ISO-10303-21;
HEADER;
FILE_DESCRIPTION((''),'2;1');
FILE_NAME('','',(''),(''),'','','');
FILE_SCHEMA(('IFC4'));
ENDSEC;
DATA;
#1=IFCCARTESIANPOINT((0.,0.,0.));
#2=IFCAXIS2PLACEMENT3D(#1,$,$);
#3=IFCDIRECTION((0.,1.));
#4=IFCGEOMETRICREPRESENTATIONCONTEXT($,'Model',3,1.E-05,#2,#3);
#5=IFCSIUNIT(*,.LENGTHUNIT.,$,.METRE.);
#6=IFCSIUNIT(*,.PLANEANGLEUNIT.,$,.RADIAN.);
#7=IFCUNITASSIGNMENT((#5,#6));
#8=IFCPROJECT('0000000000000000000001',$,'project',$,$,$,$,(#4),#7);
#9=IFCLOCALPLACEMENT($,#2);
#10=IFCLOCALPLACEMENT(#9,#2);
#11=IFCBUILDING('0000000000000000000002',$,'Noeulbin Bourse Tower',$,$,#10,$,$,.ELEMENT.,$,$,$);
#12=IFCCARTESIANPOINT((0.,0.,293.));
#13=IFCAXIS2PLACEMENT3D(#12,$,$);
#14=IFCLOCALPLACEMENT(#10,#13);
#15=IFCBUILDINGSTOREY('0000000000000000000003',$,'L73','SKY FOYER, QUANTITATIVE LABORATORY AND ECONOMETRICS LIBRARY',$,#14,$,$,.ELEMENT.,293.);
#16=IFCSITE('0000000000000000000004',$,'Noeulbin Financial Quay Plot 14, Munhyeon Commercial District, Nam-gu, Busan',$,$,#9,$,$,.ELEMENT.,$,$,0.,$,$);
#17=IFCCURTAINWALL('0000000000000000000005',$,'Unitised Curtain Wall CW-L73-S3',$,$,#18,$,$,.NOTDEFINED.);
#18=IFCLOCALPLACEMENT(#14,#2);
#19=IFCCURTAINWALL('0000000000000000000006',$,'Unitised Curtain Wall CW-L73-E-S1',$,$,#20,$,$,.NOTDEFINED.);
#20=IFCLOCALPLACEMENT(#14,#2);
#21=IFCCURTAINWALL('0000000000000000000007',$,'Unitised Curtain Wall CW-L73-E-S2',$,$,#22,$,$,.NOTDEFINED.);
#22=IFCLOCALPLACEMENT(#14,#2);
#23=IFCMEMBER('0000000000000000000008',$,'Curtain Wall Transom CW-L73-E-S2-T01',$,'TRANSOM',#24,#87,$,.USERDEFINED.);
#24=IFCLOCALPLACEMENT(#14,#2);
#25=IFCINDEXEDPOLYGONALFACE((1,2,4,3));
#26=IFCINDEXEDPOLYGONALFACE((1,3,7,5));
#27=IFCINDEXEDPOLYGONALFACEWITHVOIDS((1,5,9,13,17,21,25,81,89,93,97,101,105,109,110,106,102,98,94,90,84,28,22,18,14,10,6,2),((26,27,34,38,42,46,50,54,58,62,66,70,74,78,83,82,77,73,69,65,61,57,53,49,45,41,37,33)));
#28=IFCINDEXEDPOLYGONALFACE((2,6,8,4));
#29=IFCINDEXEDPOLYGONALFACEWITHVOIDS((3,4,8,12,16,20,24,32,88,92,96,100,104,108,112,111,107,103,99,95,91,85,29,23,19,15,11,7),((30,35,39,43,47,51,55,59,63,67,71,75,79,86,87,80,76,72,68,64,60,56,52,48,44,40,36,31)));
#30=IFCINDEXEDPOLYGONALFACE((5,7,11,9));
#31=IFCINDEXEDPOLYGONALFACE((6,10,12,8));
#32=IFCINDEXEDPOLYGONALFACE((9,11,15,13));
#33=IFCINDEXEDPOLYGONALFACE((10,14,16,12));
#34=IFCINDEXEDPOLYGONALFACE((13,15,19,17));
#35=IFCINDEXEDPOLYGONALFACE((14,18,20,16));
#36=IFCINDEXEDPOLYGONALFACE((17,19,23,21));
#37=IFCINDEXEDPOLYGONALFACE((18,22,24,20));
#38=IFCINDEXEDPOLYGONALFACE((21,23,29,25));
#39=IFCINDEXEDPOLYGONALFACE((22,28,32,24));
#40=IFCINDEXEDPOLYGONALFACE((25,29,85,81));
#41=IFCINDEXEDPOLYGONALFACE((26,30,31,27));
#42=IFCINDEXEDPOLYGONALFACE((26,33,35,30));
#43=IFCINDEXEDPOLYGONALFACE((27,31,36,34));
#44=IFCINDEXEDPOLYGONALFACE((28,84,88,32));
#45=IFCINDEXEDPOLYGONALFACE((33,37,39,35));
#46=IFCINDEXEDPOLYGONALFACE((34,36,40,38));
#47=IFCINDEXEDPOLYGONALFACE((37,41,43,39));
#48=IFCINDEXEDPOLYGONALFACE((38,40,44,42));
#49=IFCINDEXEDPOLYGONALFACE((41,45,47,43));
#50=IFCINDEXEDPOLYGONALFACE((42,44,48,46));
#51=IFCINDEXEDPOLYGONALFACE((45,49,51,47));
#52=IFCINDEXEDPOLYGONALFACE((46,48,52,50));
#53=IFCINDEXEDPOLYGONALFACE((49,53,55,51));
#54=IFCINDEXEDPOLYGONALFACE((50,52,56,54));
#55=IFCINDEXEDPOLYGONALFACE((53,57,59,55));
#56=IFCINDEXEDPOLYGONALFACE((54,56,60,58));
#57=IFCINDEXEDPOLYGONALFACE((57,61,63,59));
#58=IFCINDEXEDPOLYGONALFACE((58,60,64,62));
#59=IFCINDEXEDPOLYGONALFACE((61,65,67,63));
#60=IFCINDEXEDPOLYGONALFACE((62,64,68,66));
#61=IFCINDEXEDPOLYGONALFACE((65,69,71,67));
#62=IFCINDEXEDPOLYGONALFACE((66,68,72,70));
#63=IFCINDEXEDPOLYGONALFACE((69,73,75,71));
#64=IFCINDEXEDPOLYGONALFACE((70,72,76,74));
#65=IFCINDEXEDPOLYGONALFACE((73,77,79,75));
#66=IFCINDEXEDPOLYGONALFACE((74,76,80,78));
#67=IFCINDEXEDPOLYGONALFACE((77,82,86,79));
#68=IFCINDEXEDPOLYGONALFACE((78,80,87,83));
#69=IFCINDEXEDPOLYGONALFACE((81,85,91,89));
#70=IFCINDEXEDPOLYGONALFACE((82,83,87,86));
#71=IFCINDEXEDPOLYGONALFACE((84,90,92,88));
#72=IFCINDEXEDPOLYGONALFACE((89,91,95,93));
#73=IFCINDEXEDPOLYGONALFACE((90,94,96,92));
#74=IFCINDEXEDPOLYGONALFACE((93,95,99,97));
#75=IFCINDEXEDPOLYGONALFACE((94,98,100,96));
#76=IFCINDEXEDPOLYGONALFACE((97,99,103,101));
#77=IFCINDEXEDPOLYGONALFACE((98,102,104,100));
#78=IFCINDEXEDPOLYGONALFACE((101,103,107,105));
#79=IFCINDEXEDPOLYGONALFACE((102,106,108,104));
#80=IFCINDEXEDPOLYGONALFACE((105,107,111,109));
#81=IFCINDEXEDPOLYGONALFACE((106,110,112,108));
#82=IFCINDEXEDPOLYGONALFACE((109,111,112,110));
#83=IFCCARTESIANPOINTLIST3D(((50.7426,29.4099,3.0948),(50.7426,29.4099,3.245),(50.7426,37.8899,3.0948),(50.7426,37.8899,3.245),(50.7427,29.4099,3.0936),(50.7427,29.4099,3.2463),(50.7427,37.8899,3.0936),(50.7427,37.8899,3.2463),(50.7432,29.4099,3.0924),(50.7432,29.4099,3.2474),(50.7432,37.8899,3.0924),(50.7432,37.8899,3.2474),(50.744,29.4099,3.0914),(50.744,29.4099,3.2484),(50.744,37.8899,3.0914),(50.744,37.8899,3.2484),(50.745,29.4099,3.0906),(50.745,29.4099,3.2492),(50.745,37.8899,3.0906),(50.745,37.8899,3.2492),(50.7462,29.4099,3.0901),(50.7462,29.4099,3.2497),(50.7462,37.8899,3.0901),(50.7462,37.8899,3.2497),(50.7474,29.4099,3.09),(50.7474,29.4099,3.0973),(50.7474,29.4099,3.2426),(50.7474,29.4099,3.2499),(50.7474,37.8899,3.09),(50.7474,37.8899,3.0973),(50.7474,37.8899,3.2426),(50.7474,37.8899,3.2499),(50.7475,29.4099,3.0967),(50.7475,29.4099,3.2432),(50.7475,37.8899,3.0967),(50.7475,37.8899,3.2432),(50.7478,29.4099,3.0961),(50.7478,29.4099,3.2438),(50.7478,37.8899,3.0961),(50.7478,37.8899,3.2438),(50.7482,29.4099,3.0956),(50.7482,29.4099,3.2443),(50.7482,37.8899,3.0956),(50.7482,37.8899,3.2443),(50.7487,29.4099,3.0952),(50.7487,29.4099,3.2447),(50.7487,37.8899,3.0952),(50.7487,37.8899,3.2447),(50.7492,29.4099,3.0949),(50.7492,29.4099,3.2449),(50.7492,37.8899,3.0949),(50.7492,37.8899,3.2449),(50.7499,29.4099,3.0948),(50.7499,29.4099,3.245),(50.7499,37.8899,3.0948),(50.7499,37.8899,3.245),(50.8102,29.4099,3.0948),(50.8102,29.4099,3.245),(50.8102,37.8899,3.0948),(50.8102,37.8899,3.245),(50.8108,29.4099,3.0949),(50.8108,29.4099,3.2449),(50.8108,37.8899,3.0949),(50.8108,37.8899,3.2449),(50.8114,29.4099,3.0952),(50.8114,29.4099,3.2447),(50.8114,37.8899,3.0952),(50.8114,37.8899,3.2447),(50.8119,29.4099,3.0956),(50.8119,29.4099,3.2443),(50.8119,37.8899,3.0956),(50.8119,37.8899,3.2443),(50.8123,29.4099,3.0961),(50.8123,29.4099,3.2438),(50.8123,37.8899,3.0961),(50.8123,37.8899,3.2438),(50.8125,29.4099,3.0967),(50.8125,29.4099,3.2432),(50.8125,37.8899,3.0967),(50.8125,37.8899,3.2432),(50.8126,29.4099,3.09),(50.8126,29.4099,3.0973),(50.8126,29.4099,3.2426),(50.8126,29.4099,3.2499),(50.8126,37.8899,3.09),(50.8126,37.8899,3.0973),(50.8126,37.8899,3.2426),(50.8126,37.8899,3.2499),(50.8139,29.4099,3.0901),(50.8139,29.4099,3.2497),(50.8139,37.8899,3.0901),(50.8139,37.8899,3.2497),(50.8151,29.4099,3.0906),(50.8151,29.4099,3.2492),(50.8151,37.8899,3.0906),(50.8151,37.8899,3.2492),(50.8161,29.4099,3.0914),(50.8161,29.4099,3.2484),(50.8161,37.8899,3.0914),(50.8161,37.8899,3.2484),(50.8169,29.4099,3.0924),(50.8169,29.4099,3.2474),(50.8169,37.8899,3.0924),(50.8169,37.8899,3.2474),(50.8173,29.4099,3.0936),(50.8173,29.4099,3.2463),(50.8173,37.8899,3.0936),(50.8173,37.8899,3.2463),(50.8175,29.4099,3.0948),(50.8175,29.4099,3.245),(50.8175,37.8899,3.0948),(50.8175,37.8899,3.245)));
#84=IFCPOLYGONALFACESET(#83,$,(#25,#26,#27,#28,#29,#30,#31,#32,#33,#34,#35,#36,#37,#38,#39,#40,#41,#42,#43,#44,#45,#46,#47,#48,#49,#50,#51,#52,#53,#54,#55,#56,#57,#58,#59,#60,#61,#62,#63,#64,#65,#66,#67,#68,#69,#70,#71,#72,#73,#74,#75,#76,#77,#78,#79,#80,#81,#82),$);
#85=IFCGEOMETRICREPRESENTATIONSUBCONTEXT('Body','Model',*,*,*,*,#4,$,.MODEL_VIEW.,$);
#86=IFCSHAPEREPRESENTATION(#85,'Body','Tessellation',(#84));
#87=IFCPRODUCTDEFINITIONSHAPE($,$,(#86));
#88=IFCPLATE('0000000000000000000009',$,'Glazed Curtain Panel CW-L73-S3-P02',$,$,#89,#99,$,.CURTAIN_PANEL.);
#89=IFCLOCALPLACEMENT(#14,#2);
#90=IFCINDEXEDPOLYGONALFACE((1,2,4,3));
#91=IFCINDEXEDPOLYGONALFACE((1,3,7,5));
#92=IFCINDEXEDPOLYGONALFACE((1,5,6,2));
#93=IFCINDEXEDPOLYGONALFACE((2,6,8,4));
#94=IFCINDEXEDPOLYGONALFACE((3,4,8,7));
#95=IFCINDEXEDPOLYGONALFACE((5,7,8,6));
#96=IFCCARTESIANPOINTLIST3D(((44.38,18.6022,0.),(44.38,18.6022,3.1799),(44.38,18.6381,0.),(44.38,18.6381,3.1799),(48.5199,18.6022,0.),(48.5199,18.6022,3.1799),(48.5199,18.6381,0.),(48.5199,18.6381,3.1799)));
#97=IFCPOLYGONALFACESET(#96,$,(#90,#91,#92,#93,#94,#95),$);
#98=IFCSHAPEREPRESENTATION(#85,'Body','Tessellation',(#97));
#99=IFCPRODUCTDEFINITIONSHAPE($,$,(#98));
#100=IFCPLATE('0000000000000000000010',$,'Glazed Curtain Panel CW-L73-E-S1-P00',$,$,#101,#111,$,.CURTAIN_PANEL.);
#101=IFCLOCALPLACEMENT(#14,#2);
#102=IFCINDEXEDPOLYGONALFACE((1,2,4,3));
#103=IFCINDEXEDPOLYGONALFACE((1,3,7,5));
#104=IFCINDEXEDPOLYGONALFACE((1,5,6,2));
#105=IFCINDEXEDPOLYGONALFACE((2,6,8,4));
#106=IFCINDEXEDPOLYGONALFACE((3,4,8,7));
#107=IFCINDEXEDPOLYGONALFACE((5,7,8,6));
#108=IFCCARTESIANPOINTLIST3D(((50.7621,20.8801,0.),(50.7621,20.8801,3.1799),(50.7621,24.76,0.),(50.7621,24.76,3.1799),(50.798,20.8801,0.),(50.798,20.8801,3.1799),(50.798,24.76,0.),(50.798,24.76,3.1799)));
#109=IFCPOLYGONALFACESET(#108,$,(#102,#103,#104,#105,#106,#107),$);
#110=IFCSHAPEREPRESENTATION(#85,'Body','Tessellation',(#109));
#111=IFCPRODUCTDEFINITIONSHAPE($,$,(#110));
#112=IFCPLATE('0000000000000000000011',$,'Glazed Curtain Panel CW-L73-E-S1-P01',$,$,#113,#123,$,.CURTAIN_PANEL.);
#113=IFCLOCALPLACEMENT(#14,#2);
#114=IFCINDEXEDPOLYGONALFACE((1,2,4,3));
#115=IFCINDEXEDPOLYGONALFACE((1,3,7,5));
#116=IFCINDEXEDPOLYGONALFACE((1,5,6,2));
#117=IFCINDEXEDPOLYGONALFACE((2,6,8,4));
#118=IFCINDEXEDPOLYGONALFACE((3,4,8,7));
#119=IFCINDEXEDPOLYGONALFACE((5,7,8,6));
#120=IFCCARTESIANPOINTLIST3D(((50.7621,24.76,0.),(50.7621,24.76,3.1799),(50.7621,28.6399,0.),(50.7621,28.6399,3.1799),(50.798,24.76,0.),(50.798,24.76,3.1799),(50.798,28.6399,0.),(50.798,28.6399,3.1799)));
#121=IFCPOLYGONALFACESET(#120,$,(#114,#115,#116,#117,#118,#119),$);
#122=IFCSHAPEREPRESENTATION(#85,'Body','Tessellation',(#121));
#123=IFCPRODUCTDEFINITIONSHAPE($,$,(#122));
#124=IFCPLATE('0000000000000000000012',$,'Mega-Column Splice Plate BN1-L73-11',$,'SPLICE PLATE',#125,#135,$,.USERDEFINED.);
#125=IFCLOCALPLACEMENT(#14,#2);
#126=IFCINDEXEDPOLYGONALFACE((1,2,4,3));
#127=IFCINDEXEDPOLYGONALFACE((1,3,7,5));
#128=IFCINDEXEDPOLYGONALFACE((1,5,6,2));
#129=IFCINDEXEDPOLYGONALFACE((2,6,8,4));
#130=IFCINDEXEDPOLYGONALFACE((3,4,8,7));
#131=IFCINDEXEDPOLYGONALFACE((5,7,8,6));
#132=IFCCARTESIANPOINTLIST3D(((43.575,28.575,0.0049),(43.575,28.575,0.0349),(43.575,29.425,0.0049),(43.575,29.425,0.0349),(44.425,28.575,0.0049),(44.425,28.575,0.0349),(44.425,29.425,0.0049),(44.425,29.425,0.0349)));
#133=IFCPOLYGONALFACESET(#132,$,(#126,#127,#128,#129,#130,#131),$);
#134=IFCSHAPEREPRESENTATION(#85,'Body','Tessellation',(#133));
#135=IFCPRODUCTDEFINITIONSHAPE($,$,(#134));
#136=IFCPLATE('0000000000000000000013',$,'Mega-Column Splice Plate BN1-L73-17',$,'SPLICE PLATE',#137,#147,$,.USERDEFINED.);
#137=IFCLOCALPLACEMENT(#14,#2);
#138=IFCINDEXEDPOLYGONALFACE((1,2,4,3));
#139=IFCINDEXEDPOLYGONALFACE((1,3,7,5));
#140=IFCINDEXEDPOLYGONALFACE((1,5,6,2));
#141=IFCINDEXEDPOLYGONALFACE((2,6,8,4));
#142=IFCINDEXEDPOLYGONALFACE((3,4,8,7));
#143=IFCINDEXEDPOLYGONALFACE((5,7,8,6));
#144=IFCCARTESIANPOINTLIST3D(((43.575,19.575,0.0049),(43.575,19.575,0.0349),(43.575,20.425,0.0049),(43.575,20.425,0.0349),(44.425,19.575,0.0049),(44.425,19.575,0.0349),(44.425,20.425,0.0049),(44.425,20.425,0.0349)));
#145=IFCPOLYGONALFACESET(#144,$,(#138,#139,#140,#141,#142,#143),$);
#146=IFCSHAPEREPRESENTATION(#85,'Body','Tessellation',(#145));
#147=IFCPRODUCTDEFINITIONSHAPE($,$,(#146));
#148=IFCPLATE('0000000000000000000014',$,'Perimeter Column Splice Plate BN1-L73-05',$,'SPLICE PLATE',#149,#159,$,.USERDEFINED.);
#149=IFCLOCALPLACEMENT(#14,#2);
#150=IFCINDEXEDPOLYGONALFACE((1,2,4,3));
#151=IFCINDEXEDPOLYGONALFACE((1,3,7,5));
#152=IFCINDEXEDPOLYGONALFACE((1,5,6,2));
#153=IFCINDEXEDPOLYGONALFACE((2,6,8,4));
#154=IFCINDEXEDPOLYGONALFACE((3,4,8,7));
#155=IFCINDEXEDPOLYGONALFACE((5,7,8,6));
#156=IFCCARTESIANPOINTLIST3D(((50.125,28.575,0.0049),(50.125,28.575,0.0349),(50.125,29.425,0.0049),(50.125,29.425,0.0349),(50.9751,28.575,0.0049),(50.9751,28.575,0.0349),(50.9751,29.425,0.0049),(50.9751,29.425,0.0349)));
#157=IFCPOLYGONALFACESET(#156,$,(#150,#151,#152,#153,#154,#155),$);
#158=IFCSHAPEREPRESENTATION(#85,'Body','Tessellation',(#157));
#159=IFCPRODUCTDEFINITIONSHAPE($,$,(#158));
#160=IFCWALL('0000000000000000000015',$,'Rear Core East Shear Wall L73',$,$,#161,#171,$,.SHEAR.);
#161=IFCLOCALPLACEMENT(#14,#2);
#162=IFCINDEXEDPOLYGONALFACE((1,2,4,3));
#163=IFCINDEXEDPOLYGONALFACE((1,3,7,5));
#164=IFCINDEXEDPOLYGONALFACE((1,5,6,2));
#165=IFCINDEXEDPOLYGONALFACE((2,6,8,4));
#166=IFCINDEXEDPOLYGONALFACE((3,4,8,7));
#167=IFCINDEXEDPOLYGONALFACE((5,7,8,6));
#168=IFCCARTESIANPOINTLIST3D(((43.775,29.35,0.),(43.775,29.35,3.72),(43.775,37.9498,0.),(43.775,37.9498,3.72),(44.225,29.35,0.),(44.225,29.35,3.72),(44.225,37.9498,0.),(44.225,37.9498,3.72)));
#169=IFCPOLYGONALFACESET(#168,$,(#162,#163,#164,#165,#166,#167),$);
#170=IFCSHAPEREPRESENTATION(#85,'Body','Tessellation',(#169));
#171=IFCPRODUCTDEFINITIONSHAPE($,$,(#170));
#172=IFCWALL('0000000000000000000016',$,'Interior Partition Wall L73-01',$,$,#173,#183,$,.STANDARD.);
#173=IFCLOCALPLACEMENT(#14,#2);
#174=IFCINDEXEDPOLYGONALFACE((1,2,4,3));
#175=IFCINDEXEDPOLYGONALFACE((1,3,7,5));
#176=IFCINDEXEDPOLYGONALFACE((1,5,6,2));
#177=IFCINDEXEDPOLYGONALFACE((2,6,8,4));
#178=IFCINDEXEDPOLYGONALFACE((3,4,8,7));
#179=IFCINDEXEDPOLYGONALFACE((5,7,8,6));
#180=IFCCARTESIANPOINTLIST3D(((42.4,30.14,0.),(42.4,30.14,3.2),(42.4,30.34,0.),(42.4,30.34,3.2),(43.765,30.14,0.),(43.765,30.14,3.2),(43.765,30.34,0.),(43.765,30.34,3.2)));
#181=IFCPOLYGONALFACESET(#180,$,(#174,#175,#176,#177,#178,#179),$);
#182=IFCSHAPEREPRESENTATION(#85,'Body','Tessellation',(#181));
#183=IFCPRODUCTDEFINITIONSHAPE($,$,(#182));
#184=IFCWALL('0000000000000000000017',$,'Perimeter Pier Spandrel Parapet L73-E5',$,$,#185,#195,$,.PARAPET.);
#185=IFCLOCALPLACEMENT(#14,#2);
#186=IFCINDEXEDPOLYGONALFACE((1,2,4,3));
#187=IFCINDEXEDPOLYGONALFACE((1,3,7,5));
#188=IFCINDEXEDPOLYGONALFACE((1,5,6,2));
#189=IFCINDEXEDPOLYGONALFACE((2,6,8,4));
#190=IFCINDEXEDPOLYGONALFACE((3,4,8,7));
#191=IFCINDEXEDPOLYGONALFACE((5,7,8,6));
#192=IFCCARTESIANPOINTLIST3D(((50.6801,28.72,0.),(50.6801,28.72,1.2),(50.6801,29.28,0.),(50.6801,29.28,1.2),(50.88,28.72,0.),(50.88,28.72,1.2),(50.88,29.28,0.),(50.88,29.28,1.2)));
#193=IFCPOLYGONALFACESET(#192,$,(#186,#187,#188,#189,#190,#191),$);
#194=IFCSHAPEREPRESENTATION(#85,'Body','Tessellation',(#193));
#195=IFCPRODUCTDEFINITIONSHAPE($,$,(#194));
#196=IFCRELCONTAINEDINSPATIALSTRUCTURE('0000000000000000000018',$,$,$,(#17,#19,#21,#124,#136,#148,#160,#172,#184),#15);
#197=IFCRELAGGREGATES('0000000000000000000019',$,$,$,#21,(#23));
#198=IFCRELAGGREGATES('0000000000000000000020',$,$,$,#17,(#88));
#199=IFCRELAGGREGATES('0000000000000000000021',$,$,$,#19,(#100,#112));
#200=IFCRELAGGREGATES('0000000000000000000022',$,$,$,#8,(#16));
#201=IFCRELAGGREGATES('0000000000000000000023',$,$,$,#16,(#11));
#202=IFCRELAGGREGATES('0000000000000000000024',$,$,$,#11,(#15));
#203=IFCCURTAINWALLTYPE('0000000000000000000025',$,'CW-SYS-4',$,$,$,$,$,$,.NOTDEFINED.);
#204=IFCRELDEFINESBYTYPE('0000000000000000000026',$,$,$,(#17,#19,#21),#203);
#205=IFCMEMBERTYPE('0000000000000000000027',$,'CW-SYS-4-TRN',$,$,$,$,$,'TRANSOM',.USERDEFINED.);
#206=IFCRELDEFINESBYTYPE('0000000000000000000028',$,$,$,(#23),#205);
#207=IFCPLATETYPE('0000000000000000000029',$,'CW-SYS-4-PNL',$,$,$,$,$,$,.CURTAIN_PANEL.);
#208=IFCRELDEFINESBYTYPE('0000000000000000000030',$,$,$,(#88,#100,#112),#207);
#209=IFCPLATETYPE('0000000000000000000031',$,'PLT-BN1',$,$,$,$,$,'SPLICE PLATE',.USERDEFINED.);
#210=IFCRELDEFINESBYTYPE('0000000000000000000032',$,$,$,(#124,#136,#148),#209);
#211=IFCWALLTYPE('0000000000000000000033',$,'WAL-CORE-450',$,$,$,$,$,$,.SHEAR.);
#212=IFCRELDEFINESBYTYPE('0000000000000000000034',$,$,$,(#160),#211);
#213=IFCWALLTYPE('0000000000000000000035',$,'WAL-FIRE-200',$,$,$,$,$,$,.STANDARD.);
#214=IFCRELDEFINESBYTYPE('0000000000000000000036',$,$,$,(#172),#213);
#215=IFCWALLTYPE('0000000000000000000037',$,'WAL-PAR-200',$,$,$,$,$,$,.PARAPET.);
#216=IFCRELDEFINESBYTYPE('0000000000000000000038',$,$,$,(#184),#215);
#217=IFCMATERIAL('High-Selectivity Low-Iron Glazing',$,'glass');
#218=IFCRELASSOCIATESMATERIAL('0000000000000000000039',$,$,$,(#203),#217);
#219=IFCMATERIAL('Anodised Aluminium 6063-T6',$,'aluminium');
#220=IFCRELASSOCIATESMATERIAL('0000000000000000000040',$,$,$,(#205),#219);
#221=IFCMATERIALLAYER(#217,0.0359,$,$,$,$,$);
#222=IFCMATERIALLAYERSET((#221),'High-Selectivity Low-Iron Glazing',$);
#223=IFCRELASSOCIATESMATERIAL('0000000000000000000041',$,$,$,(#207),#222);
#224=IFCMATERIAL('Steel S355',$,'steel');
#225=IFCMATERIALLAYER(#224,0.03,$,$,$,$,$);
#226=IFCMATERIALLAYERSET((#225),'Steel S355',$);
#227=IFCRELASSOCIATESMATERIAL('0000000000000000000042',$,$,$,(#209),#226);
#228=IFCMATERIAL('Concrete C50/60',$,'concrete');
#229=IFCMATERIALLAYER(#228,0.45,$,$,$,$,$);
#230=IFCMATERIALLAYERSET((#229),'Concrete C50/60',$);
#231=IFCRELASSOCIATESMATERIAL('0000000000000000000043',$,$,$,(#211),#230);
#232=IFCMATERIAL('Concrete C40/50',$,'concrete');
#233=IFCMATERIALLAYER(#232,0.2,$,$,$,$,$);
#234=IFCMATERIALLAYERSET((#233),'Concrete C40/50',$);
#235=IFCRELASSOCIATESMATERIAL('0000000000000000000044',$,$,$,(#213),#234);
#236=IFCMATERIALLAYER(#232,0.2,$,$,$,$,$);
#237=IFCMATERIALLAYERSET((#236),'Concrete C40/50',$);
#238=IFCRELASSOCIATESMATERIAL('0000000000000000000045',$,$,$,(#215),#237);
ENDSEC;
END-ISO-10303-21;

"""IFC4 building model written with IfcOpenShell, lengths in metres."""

from ifc_helpers import new_model, si_unit, direction, frame, frame_2d, origin, origin_2d, place, context, subcontext, project, spatial, rectangle, hollow_rectangle, extrude, material, layer, layer_set, material_profile, profile_set, type_object, element, aggregate, save


model = new_model("IFC4")

# Units and contexts
model_context = context("Model", 3, precision=1e-05, world=origin(), true_north=direction((0.0, 1.0)))
body_context = subcontext(model_context, "Body", "Model", "MODEL_VIEW")
ifc_project = project(units=[si_unit("LENGTHUNIT", "METRE"), si_unit("PLANEANGLEUNIT", "RADIAN")], contexts=[model_context])

# Site, building, storey
site_placement = place(None, origin())
site = spatial("IfcSite", under=ifc_project, at=site_placement, Name="Noeulbin Financial Quay Plot 14, Munhyeon Commercial District, Nam-gu, Busan", CompositionType="ELEMENT", RefElevation=0.0)
building_placement = place(site_placement, origin())
building = spatial("IfcBuilding", under=site, at=building_placement, Name="Noeulbin Bourse Tower", CompositionType="ELEMENT")
storey_placement = place(building_placement, frame((0.0, 0.0, 293.0)))
storey = spatial("IfcBuildingStorey", under=building, at=storey_placement, Name="L73", Description="SKY FOYER, QUANTITATIVE LABORATORY AND ECONOMETRICS LIBRARY", CompositionType="ELEMENT", Elevation=293.0)

# Shared definitions
ifc_material_1 = material(Name="Steel S355", Category="steel")

# Curtain walls
ifc_material_2 = material(Name="High-Selectivity Low-Iron Glazing", Category="glass")
curtain_wall_type = type_object("IfcCurtainWallType", Name="CW-SYS-4", PredefinedType="NOTDEFINED", material=ifc_material_2)
curtain_wall_1_placement = place(storey_placement, origin())
curtain_wall_1 = element("IfcCurtainWall", 1, at=curtain_wall_1_placement, inside=storey, type_object=curtain_wall_type, Name="Unitised Curtain Wall CW-L73-S3", PredefinedType="NOTDEFINED")
ifc_material_3 = material(Name="Anodised Aluminium 6063-T6", Category="aluminium")
curtain_wall_2_placement = place(storey_placement, origin())
curtain_wall_2 = element("IfcCurtainWall", 2, at=curtain_wall_2_placement, inside=storey, type_object=curtain_wall_type, Name="Unitised Curtain Wall CW-L73-E-S1", PredefinedType="NOTDEFINED")

# Curtain wall
curtain_wall_3_placement = place(storey_placement, origin())
curtain_wall_3 = element("IfcCurtainWall", 3, at=curtain_wall_3_placement, inside=storey, type_object=curtain_wall_type, Name="Unitised Curtain Wall CW-L73-E-S2", PredefinedType="NOTDEFINED")

# Member
ifc_material_profile_1 = material_profile(ifc_material_3, hollow_rectangle(XDim=0.075, YDim=0.1599, WallThickness=0.0049, InnerFilletRadius=0.0024, OuterFilletRadius=0.0049, at=origin_2d()), Name="ALU-TRAN-75x160x5", Category="LoadBearing")
ifc_profile_set_1 = profile_set([ifc_material_profile_1], Name="Anodised Aluminium 6063-T6")
member_type_1 = type_object("IfcMemberType", Name="CW-SYS-4-TRN", ElementType="TRANSOM", PredefinedType="USERDEFINED", material=ifc_profile_set_1)
member_1_placement = place(storey_placement, frame((50.78, 29.4099, 3.1699), z_axis=(0.0, 1.0, 0.0), x_axis=(-1.0, 0.0, 0.0)))
member_1 = element("IfcMember", 4, at=member_1_placement, type_object=member_type_1, Name="Curtain Wall Transom CW-L73-E-S2-T01", ObjectType="TRANSOM", PredefinedType="USERDEFINED", context=body_context, shape_type="SweptSolid", body=[
    extrude(hollow_rectangle(XDim=0.075, YDim=0.1599, WallThickness=0.0049, InnerFilletRadius=0.0024, OuterFilletRadius=0.0049, at=origin_2d()), origin(), (0.0, 0.0, 1.0), 8.48),
])
aggregate(curtain_wall_3, [member_1])

# Plates
ifc_layer_1 = layer(ifc_material_2, 0.0359)
ifc_layer_set_1 = layer_set([ifc_layer_1], Name="High-Selectivity Low-Iron Glazing")
plate_type_1 = type_object("IfcPlateType", Name="CW-SYS-4-PNL", PredefinedType="CURTAIN_PANEL", material=ifc_layer_set_1)
plate_1_placement = place(storey_placement, frame((46.45, 18.6201, 0.0), z_axis=(0.0, 0.0, 1.0), x_axis=(1.0, 0.0, 0.0)))
plate_1 = element("IfcPlate", 5, at=plate_1_placement, type_object=plate_type_1, Name="Glazed Curtain Panel CW-L73-S3-P02", PredefinedType="CURTAIN_PANEL", context=body_context, shape_type="SweptSolid", body=[
    extrude(rectangle(XDim=4.1399, YDim=0.0359, at=origin_2d()), origin(), (0.0, 0.0, 1.0), 3.1799),
])
aggregate(curtain_wall_1, [plate_1])
plate_2_placement = place(storey_placement, frame((50.78, 22.8201, 0.0), z_axis=(0.0, 0.0, 1.0), x_axis=(0.0, 1.0, 0.0)))
plate_2 = element("IfcPlate", 6, at=plate_2_placement, type_object=plate_type_1, Name="Glazed Curtain Panel CW-L73-E-S1-P00", PredefinedType="CURTAIN_PANEL", context=body_context, shape_type="SweptSolid", body=[
    extrude(rectangle(XDim=3.8799, YDim=0.0359, at=origin_2d()), origin(), (0.0, 0.0, 1.0), 3.1799),
])
plate_3_placement = place(storey_placement, frame((50.78, 26.7, 0.0), z_axis=(0.0, 0.0, 1.0), x_axis=(0.0, 1.0, 0.0)))
plate_3 = element("IfcPlate", 7, at=plate_3_placement, type_object=plate_type_1, Name="Glazed Curtain Panel CW-L73-E-S1-P01", PredefinedType="CURTAIN_PANEL", context=body_context, shape_type="SweptSolid", body=[
    extrude(rectangle(XDim=3.8799, YDim=0.0359, at=origin_2d()), origin(), (0.0, 0.0, 1.0), 3.1799),
])
aggregate(curtain_wall_2, [plate_2, plate_3])

# Plates
ifc_layer_2 = layer(ifc_material_1, 0.03)
ifc_layer_set_2 = layer_set([ifc_layer_2], Name="Steel S355")
plate_type_2 = type_object("IfcPlateType", Name="PLT-BN1", ElementType="SPLICE PLATE", PredefinedType="USERDEFINED", material=ifc_layer_set_2)
for number, where, z_axis, x_axis, name in (
    (8, (44.0, 29.0, 0.0049), (0.0, 0.0, 1.0), (1.0, 0.0, 0.0), "Mega-Column Splice Plate BN1-L73-11"),
    (9, (44.0, 20.0, 0.0049), (0.0, 0.0, 1.0), (1.0, 0.0, 0.0), "Mega-Column Splice Plate BN1-L73-17"),
    (10, (50.55, 29.0, 0.0049), (0.0, 0.0, 1.0), (1.0, 0.0, 0.0), "Perimeter Column Splice Plate BN1-L73-05"),
):
    element("IfcPlate", number, at=place(storey_placement, frame(where, z_axis=z_axis, x_axis=x_axis)), inside=storey, type_object=plate_type_2, Name=name, ObjectType="SPLICE PLATE", PredefinedType="USERDEFINED", context=body_context, shape_type="SweptSolid", body=[
        extrude(rectangle(XDim=0.8501, YDim=0.8501, at=origin_2d()), origin(), (0.0, 0.0, 1.0), 0.03),
    ])

# Walls
ifc_material_4 = material(Name="Concrete C50/60", Category="concrete")
ifc_layer_3 = layer(ifc_material_4, 0.45)
ifc_layer_set_3 = layer_set([ifc_layer_3], Name="Concrete C50/60")
wall_type_1 = type_object("IfcWallType", Name="WAL-CORE-450", PredefinedType="SHEAR", material=ifc_layer_set_3)
wall_1_placement = place(storey_placement, frame((44.0, 29.3501, 0.0), z_axis=(0.0, 0.0, 1.0), x_axis=(0.0, 1.0, 0.0)))
element("IfcWall", 11, at=wall_1_placement, inside=storey, type_object=wall_type_1, Name="Rear Core East Shear Wall L73", PredefinedType="SHEAR", context=body_context, shape_type="SweptSolid", body=[
    extrude(rectangle(XDim=8.5999, YDim=0.45, at=frame_2d((4.2998, 0.0))), origin(), (0.0, 0.0, 1.0), 3.72),
])
ifc_material_5 = material(Name="Concrete C40/50", Category="concrete")
ifc_layer_4 = layer(ifc_material_5, 0.2)
ifc_layer_set_4 = layer_set([ifc_layer_4], Name="Concrete C40/50")
wall_type_2 = type_object("IfcWallType", Name="WAL-FIRE-200", PredefinedType="STANDARD", material=ifc_layer_set_4)
wall_2_placement = place(storey_placement, frame((42.3999, 30.24, 0.0), z_axis=(0.0, 0.0, 1.0), x_axis=(1.0, 0.0, 0.0)))
element("IfcWall", 12, at=wall_2_placement, inside=storey, type_object=wall_type_2, Name="Interior Partition Wall L73-01", PredefinedType="STANDARD", context=body_context, shape_type="SweptSolid", body=[
    extrude(rectangle(XDim=1.365, YDim=0.2, at=frame_2d((0.6826, 0.0))), origin(), (0.0, 0.0, 1.0), 3.2),
])
ifc_layer_5 = layer(ifc_material_5, 0.2)
ifc_layer_set_5 = layer_set([ifc_layer_5], Name="Concrete C40/50")
wall_type_3 = type_object("IfcWallType", Name="WAL-PAR-200", PredefinedType="PARAPET", material=ifc_layer_set_5)
wall_3_placement = place(storey_placement, frame((50.78, 28.72, 0.0), z_axis=(0.0, 0.0, 1.0), x_axis=(0.0, 1.0, 0.0)))
element("IfcWall", 13, at=wall_3_placement, inside=storey, type_object=wall_type_3, Name="Perimeter Pier Spandrel Parapet L73-E5", PredefinedType="PARAPET", context=body_context, shape_type="SweptSolid", body=[
    extrude(rectangle(XDim=0.5601, YDim=0.2, at=frame_2d((0.28, 0.0))), origin(), (0.0, 0.0, 1.0), 1.2),
])

save(model, "model.ifc")
